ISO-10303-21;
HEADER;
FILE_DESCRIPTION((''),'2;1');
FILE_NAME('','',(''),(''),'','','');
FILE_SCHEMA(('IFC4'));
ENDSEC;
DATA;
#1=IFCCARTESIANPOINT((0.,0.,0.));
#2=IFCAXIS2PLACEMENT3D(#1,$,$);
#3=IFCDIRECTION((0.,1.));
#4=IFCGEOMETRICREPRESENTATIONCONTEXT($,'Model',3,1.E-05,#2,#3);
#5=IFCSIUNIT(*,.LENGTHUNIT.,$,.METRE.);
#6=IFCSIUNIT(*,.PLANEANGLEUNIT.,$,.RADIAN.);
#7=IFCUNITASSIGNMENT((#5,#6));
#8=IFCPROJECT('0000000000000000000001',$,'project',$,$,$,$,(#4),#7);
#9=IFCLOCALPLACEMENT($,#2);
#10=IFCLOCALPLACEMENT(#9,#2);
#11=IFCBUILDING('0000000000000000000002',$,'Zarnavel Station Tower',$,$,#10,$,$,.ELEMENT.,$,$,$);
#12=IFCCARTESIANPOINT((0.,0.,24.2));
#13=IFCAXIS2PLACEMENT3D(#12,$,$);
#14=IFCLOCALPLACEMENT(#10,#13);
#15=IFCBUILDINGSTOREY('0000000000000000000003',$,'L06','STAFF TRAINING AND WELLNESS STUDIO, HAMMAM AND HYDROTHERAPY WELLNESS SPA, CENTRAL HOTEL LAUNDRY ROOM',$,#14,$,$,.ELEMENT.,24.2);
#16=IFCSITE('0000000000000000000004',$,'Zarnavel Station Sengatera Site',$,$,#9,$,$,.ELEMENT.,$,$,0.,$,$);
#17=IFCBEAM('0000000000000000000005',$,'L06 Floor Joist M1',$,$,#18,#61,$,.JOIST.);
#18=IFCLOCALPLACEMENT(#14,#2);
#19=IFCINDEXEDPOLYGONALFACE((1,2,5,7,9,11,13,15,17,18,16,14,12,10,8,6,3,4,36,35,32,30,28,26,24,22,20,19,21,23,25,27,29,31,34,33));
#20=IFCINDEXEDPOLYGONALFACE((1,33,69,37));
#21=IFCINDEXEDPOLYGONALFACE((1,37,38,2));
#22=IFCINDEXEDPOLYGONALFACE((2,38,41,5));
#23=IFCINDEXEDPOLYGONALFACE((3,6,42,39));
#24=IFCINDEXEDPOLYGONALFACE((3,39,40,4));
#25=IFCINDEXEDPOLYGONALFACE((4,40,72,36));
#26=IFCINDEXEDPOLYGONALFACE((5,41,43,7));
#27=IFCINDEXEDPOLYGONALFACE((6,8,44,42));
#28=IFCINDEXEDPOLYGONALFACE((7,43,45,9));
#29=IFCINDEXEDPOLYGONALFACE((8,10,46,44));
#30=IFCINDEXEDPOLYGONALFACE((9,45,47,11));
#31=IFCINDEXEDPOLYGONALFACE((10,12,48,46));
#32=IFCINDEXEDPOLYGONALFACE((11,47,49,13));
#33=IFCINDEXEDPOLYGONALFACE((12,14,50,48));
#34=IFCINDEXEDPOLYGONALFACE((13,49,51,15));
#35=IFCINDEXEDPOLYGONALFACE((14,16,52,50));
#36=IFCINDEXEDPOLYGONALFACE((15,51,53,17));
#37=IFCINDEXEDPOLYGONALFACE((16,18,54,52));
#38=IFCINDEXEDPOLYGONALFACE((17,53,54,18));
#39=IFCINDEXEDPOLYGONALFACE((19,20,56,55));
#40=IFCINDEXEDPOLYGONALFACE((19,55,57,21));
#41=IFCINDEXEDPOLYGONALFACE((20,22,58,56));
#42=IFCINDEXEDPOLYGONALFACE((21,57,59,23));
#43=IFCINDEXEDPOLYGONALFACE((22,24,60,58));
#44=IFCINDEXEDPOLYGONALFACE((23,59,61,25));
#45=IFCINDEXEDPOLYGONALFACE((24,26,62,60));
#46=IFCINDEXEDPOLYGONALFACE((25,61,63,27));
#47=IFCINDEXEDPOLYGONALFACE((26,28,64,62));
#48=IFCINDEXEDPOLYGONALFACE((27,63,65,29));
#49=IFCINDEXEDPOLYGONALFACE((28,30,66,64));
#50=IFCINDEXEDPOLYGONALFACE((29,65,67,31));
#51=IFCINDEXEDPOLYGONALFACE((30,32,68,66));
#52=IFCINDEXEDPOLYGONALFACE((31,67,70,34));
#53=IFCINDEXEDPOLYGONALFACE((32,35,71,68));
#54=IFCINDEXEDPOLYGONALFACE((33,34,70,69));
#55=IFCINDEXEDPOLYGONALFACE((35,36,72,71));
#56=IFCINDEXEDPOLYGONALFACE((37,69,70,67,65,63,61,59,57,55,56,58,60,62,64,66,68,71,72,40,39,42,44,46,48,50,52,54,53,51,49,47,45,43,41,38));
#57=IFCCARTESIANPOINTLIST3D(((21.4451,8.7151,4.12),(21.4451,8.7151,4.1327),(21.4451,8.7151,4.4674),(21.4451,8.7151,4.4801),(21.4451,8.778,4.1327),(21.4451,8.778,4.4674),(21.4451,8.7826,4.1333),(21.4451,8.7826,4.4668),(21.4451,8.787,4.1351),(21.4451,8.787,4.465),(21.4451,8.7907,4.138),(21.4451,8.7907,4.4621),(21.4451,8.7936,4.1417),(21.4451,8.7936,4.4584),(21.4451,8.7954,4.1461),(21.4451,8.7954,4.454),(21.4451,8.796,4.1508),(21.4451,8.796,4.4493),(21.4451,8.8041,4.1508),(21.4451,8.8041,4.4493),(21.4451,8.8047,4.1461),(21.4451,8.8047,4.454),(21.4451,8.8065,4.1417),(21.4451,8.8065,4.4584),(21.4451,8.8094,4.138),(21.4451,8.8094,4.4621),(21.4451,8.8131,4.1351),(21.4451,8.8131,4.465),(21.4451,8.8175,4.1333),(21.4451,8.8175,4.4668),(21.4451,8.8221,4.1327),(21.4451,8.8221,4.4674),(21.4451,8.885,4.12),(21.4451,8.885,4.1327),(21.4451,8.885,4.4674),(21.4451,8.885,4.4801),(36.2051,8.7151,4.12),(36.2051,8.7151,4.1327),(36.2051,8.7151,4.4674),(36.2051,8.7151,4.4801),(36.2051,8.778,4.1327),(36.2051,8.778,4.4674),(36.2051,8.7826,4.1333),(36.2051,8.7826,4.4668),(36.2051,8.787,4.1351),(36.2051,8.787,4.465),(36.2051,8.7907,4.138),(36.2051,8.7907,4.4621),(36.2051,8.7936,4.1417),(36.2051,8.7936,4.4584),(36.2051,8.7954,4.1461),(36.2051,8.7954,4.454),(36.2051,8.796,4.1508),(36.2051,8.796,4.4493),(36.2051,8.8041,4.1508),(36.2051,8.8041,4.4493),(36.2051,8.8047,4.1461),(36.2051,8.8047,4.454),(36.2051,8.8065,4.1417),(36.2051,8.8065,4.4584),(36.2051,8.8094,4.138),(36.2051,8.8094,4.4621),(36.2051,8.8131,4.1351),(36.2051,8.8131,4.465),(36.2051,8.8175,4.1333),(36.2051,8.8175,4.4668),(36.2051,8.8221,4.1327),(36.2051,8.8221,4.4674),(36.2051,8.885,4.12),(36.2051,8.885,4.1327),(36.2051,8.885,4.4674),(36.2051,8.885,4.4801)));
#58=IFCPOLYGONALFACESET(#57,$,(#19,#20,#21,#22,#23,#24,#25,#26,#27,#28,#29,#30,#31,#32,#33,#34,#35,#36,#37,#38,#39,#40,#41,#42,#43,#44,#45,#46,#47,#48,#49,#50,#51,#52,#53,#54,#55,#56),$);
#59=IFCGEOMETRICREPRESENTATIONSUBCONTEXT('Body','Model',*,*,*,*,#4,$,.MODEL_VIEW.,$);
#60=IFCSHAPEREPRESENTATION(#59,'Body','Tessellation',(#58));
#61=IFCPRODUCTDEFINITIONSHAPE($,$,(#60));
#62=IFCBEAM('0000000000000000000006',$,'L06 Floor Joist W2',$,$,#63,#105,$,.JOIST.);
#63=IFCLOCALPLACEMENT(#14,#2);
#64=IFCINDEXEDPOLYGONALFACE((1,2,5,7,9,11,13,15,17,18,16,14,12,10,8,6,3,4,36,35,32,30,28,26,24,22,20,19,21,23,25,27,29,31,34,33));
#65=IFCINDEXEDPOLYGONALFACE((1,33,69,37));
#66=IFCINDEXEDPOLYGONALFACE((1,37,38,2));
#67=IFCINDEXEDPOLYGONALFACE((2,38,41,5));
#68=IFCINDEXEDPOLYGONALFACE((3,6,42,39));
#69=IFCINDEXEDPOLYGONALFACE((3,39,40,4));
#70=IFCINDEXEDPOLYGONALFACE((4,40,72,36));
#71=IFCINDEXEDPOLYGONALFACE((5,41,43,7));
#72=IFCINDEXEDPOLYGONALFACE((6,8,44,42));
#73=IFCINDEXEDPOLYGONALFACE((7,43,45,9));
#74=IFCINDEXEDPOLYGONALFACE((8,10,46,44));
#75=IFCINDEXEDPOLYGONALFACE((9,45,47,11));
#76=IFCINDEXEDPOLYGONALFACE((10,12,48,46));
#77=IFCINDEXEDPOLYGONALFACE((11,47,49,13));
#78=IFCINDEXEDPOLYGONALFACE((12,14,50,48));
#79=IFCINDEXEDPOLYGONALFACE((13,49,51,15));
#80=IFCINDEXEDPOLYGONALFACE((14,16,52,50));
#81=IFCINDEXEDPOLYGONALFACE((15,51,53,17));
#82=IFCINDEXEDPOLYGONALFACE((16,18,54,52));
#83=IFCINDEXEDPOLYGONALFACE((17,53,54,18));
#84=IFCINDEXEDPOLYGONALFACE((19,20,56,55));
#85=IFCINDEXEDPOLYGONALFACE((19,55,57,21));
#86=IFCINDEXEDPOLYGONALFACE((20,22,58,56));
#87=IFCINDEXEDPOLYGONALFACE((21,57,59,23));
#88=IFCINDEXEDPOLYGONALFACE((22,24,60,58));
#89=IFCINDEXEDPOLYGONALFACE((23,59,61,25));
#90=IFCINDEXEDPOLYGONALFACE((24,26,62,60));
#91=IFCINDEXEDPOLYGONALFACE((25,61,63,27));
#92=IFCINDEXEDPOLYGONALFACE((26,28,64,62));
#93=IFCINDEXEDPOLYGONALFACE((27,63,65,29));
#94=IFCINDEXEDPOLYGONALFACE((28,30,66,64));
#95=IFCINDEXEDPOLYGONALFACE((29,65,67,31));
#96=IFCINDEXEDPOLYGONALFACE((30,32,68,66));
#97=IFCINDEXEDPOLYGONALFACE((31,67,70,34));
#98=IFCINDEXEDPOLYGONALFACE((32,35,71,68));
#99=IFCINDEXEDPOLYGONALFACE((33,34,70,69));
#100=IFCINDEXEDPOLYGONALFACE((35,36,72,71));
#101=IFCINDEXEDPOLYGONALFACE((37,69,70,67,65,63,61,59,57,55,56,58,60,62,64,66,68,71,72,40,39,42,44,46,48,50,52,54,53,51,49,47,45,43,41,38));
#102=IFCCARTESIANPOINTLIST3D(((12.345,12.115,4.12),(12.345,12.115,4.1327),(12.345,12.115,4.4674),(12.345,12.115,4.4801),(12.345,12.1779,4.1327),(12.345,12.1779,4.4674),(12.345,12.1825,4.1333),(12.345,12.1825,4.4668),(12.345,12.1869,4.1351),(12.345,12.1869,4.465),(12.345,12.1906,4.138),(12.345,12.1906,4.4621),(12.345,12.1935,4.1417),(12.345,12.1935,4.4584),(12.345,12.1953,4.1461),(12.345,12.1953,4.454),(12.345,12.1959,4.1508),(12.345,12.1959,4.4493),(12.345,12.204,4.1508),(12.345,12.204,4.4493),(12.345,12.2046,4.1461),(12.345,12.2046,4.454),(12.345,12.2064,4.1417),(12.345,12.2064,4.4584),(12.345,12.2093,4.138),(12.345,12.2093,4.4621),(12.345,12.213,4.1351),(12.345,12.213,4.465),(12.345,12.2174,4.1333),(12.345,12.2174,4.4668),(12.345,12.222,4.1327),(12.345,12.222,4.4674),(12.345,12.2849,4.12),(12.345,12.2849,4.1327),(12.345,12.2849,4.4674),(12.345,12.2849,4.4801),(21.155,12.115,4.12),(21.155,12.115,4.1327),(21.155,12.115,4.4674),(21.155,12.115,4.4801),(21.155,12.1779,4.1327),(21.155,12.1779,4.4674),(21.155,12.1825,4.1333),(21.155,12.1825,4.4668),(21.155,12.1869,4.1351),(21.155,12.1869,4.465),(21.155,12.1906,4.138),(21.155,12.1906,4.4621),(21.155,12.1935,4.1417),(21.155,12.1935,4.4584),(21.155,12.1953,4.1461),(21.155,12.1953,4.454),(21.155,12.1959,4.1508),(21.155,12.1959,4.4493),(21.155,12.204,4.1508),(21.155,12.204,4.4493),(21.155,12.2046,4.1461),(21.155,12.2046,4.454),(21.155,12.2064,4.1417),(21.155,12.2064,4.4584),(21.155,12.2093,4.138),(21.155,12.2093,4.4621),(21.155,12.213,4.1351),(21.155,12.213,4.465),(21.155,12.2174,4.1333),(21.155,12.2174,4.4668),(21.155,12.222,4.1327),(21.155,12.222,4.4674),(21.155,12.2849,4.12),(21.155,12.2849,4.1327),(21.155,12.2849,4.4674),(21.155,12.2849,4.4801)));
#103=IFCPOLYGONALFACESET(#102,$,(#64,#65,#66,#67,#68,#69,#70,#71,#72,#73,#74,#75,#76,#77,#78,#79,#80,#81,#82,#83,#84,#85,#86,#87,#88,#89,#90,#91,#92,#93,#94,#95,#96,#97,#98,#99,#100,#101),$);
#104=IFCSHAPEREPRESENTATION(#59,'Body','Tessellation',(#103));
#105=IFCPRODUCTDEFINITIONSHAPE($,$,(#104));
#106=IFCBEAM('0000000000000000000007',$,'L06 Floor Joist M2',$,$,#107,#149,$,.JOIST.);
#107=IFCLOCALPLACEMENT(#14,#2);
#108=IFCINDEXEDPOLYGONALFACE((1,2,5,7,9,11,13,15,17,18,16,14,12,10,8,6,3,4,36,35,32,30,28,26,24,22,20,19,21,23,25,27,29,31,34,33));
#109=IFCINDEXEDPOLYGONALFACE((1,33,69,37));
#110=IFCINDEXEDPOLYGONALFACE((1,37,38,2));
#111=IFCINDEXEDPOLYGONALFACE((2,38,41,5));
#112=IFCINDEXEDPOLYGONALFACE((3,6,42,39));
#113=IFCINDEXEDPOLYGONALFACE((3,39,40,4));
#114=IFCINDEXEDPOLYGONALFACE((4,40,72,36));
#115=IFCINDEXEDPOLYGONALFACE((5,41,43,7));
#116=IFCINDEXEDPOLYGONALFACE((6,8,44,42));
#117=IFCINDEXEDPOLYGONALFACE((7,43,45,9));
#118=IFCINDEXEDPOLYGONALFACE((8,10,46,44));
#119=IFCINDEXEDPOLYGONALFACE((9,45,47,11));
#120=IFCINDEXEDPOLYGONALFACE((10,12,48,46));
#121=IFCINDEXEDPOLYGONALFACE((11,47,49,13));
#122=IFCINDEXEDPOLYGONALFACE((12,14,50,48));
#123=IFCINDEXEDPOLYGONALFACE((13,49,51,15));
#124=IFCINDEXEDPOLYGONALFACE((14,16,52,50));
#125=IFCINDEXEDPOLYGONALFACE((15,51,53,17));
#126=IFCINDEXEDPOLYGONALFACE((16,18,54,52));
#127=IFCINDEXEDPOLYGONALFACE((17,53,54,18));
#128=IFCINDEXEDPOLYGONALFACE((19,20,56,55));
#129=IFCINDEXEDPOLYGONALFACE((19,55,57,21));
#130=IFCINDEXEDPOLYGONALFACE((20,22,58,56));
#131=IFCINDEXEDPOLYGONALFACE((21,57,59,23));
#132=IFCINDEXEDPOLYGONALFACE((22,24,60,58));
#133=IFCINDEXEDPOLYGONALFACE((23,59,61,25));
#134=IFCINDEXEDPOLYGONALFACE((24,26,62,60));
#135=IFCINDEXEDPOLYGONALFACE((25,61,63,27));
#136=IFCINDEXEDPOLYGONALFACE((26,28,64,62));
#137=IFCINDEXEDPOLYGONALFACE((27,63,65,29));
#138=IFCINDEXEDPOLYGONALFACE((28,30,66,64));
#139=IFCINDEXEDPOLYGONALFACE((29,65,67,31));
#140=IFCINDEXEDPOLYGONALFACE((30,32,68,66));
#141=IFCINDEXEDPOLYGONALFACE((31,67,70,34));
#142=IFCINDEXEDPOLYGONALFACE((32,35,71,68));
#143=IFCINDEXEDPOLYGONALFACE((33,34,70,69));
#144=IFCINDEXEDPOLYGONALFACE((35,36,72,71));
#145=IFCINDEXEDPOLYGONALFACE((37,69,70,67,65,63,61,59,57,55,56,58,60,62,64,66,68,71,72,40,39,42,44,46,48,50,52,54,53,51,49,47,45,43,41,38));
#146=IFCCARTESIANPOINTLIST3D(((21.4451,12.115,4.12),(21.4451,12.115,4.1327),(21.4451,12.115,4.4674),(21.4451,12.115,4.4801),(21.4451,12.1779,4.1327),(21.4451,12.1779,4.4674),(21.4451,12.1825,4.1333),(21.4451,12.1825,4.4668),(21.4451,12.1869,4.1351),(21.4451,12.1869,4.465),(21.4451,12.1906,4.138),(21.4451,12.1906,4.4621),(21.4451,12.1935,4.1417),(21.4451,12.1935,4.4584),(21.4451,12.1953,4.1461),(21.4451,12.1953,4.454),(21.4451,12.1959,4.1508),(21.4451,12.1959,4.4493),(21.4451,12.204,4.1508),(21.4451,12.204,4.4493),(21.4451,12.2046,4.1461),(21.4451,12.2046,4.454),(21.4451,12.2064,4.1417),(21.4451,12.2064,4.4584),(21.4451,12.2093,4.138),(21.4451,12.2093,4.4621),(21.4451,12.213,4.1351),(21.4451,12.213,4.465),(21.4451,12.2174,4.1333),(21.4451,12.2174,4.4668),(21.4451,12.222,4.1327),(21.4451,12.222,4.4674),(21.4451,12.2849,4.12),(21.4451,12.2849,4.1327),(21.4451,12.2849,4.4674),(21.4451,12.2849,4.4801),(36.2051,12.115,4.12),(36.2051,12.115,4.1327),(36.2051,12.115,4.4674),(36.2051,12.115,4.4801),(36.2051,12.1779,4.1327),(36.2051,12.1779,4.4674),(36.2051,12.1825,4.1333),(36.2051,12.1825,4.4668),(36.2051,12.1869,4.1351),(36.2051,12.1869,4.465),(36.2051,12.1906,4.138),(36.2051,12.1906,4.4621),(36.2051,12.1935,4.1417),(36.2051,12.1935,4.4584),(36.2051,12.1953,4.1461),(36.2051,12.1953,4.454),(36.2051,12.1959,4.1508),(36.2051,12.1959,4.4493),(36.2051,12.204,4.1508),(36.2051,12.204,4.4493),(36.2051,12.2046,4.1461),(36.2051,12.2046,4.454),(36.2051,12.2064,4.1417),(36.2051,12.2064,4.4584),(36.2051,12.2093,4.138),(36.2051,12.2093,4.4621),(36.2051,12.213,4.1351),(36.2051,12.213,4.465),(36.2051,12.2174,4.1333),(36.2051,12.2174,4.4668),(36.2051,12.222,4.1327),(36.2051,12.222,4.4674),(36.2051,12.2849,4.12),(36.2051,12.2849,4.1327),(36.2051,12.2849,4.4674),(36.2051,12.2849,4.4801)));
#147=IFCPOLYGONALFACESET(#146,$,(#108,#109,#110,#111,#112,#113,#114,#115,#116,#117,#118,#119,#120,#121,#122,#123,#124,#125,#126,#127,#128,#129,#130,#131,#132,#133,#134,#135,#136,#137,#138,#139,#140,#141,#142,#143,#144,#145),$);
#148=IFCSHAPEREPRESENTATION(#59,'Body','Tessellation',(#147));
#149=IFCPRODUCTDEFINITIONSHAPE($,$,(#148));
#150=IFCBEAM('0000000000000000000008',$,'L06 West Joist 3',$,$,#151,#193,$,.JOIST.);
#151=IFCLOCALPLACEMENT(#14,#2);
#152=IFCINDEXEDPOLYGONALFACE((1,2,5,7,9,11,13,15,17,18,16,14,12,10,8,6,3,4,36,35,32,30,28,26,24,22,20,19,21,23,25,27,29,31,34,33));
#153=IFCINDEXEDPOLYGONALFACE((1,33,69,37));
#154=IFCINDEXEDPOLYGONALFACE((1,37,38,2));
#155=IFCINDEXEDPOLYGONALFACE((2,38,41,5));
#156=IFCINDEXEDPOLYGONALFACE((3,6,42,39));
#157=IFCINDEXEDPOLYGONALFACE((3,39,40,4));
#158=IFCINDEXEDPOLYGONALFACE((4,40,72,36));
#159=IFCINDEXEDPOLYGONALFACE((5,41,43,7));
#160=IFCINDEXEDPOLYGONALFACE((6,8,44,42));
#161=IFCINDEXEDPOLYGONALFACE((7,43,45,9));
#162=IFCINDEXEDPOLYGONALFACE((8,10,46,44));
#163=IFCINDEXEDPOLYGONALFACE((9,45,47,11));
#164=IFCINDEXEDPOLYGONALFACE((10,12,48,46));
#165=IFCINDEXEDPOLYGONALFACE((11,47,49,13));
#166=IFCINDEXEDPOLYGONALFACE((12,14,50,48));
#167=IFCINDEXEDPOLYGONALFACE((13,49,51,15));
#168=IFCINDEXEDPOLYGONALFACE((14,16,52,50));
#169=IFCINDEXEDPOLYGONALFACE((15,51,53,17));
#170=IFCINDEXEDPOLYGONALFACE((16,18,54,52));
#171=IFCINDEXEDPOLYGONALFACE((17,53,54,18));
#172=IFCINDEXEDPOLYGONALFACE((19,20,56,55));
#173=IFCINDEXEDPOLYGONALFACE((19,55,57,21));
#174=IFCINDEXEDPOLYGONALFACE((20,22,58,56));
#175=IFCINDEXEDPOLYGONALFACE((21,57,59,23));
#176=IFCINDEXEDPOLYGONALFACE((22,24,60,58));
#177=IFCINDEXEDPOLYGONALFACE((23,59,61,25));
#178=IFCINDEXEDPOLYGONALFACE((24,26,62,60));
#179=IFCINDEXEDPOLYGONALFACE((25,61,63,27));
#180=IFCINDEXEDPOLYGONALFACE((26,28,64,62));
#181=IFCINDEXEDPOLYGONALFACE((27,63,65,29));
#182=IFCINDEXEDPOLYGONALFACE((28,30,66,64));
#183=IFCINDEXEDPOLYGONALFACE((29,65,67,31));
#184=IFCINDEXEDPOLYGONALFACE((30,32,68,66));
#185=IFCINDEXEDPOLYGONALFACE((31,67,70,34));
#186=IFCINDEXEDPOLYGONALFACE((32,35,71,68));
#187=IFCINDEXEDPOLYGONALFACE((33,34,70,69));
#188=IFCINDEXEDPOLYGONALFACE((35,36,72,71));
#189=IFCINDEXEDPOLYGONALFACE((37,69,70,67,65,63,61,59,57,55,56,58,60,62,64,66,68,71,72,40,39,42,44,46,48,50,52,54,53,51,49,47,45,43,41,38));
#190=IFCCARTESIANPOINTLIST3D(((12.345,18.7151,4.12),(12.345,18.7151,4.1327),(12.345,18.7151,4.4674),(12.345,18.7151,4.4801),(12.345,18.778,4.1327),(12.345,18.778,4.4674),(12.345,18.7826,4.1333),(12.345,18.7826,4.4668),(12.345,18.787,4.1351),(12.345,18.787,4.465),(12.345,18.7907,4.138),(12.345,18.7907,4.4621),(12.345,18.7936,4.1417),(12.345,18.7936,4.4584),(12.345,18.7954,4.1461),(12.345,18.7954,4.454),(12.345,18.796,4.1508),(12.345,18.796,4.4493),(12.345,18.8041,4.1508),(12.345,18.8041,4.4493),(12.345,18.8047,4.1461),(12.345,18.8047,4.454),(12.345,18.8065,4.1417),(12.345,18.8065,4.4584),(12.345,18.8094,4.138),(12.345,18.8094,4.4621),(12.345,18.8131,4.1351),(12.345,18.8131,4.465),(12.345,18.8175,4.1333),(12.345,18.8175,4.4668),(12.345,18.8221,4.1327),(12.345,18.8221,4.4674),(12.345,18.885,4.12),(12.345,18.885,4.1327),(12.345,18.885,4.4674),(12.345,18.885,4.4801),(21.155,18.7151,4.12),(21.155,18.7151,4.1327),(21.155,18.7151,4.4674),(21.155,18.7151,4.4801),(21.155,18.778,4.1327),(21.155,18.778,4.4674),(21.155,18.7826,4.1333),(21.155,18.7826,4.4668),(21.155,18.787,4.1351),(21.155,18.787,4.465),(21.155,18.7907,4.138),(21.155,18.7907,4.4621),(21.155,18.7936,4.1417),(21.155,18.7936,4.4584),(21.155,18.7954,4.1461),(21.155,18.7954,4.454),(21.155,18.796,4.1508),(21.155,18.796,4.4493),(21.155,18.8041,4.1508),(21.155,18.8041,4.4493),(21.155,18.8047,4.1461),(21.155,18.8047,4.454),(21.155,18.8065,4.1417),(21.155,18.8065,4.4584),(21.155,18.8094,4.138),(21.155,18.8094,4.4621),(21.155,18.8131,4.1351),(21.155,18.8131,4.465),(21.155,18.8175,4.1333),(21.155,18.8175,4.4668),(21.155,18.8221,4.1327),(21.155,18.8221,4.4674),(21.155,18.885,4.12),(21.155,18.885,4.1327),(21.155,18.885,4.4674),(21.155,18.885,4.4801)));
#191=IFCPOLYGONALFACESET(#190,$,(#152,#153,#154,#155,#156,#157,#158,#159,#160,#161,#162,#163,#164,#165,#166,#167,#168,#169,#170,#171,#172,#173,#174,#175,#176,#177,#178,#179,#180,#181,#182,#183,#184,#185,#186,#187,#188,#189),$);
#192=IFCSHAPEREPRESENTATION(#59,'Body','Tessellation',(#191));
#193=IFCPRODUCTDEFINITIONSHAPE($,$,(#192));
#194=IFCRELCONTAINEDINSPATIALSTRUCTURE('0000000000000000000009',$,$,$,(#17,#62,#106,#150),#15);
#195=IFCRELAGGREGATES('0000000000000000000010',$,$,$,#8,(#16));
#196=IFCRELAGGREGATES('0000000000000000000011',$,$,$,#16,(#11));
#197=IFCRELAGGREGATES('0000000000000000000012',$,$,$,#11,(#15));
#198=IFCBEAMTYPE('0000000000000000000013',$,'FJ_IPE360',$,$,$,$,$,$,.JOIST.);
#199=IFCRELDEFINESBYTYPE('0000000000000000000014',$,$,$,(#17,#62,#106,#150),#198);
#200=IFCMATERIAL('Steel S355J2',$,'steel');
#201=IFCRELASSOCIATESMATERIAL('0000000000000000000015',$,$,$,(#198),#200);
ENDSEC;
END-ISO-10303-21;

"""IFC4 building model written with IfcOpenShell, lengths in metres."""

from ifc_helpers import new_model, si_unit, direction, frame, origin, origin_2d, place, context, subcontext, project, spatial, i_section, extrude, material, material_profile, profile_set, type_object, element, save


model = new_model("IFC4")

# Units and contexts
model_context = context("Model", 3, precision=1e-05, world=origin(), true_north=direction((0.0, 1.0)))
body_context = subcontext(model_context, "Body", "Model", "MODEL_VIEW")
ifc_project = project(units=[si_unit("LENGTHUNIT", "METRE"), si_unit("PLANEANGLEUNIT", "RADIAN")], contexts=[model_context])

# Site, building, storey
site_placement = place(None, origin())
site = spatial("IfcSite", under=ifc_project, at=site_placement, Name="Zarnavel Station Sengatera Site", CompositionType="ELEMENT", RefElevation=0.0)
building_placement = place(site_placement, origin())
building = spatial("IfcBuilding", under=site, at=building_placement, Name="Zarnavel Station Tower", CompositionType="ELEMENT")
storey_placement = place(building_placement, frame((0.0, 0.0, 24.2)))
storey = spatial("IfcBuildingStorey", under=building, at=storey_placement, Name="L06", Description="STAFF TRAINING AND WELLNESS STUDIO, HAMMAM AND HYDROTHERAPY WELLNESS SPA, CENTRAL HOTEL LAUNDRY ROOM", CompositionType="ELEMENT", Elevation=24.2)

# Beams
ifc_material_1 = material(Name="Steel S355J2", Category="steel")
ifc_material_profile_1 = material_profile(ifc_material_1, i_section(OverallWidth=0.1699, OverallDepth=0.3601, WebThickness=0.0081, FlangeThickness=0.0127, FilletRadius=0.0181, at=origin_2d()), Name="IPE360")
ifc_profile_set_1 = profile_set([ifc_material_profile_1], Name="Steel S355J2")
beam_type_1 = type_object("IfcBeamType", Name="FJ_IPE360", PredefinedType="JOIST", material=ifc_profile_set_1)
beam_1_placement = place(storey_placement, frame((21.4451, 8.8, 4.3), z_axis=(1.0, 0.0, 0.0), x_axis=(0.0, 1.0, 0.0)))
element("IfcBeam", 1, at=beam_1_placement, inside=storey, type_object=beam_type_1, Name="L06 Floor Joist M1", PredefinedType="JOIST", context=body_context, shape_type="SweptSolid", body=[
    extrude(i_section(OverallWidth=0.1699, OverallDepth=0.3601, WebThickness=0.0081, FlangeThickness=0.0127, FilletRadius=0.0181, at=origin_2d()), origin(), (0.0, 0.0, 1.0), 14.76),
])
beam_2_placement = place(storey_placement, frame((12.345, 12.2, 4.3), z_axis=(1.0, 0.0, 0.0), x_axis=(0.0, 1.0, 0.0)))
element("IfcBeam", 2, at=beam_2_placement, inside=storey, type_object=beam_type_1, Name="L06 Floor Joist W2", PredefinedType="JOIST", context=body_context, shape_type="SweptSolid", body=[
    extrude(i_section(OverallWidth=0.1699, OverallDepth=0.3601, WebThickness=0.0081, FlangeThickness=0.0127, FilletRadius=0.0181, at=origin_2d()), origin(), (0.0, 0.0, 1.0), 8.8101),
])
beam_3_placement = place(storey_placement, frame((21.4451, 12.2, 4.3), z_axis=(1.0, 0.0, 0.0), x_axis=(0.0, 1.0, 0.0)))
element("IfcBeam", 3, at=beam_3_placement, inside=storey, type_object=beam_type_1, Name="L06 Floor Joist M2", PredefinedType="JOIST", context=body_context, shape_type="SweptSolid", body=[
    extrude(i_section(OverallWidth=0.1699, OverallDepth=0.3601, WebThickness=0.0081, FlangeThickness=0.0127, FilletRadius=0.0181, at=origin_2d()), origin(), (0.0, 0.0, 1.0), 14.76),
])
for number, where, z_axis, x_axis, name in (
    (4, (12.345, 18.8, 4.3), (1.0, 0.0, 0.0), (0.0, 1.0, 0.0), "L06 West Joist 3"),
):
    element("IfcBeam", number, at=place(storey_placement, frame(where, z_axis=z_axis, x_axis=x_axis)), inside=storey, type_object=beam_type_1, Name=name, PredefinedType="JOIST", context=body_context, shape_type="SweptSolid", body=[
        extrude(i_section(OverallWidth=0.1699, OverallDepth=0.3601, WebThickness=0.0081, FlangeThickness=0.0127, FilletRadius=0.0181, at=origin_2d()), origin(), (0.0, 0.0, 1.0), 8.8101),
    ])

save(model, "model.ifc")
